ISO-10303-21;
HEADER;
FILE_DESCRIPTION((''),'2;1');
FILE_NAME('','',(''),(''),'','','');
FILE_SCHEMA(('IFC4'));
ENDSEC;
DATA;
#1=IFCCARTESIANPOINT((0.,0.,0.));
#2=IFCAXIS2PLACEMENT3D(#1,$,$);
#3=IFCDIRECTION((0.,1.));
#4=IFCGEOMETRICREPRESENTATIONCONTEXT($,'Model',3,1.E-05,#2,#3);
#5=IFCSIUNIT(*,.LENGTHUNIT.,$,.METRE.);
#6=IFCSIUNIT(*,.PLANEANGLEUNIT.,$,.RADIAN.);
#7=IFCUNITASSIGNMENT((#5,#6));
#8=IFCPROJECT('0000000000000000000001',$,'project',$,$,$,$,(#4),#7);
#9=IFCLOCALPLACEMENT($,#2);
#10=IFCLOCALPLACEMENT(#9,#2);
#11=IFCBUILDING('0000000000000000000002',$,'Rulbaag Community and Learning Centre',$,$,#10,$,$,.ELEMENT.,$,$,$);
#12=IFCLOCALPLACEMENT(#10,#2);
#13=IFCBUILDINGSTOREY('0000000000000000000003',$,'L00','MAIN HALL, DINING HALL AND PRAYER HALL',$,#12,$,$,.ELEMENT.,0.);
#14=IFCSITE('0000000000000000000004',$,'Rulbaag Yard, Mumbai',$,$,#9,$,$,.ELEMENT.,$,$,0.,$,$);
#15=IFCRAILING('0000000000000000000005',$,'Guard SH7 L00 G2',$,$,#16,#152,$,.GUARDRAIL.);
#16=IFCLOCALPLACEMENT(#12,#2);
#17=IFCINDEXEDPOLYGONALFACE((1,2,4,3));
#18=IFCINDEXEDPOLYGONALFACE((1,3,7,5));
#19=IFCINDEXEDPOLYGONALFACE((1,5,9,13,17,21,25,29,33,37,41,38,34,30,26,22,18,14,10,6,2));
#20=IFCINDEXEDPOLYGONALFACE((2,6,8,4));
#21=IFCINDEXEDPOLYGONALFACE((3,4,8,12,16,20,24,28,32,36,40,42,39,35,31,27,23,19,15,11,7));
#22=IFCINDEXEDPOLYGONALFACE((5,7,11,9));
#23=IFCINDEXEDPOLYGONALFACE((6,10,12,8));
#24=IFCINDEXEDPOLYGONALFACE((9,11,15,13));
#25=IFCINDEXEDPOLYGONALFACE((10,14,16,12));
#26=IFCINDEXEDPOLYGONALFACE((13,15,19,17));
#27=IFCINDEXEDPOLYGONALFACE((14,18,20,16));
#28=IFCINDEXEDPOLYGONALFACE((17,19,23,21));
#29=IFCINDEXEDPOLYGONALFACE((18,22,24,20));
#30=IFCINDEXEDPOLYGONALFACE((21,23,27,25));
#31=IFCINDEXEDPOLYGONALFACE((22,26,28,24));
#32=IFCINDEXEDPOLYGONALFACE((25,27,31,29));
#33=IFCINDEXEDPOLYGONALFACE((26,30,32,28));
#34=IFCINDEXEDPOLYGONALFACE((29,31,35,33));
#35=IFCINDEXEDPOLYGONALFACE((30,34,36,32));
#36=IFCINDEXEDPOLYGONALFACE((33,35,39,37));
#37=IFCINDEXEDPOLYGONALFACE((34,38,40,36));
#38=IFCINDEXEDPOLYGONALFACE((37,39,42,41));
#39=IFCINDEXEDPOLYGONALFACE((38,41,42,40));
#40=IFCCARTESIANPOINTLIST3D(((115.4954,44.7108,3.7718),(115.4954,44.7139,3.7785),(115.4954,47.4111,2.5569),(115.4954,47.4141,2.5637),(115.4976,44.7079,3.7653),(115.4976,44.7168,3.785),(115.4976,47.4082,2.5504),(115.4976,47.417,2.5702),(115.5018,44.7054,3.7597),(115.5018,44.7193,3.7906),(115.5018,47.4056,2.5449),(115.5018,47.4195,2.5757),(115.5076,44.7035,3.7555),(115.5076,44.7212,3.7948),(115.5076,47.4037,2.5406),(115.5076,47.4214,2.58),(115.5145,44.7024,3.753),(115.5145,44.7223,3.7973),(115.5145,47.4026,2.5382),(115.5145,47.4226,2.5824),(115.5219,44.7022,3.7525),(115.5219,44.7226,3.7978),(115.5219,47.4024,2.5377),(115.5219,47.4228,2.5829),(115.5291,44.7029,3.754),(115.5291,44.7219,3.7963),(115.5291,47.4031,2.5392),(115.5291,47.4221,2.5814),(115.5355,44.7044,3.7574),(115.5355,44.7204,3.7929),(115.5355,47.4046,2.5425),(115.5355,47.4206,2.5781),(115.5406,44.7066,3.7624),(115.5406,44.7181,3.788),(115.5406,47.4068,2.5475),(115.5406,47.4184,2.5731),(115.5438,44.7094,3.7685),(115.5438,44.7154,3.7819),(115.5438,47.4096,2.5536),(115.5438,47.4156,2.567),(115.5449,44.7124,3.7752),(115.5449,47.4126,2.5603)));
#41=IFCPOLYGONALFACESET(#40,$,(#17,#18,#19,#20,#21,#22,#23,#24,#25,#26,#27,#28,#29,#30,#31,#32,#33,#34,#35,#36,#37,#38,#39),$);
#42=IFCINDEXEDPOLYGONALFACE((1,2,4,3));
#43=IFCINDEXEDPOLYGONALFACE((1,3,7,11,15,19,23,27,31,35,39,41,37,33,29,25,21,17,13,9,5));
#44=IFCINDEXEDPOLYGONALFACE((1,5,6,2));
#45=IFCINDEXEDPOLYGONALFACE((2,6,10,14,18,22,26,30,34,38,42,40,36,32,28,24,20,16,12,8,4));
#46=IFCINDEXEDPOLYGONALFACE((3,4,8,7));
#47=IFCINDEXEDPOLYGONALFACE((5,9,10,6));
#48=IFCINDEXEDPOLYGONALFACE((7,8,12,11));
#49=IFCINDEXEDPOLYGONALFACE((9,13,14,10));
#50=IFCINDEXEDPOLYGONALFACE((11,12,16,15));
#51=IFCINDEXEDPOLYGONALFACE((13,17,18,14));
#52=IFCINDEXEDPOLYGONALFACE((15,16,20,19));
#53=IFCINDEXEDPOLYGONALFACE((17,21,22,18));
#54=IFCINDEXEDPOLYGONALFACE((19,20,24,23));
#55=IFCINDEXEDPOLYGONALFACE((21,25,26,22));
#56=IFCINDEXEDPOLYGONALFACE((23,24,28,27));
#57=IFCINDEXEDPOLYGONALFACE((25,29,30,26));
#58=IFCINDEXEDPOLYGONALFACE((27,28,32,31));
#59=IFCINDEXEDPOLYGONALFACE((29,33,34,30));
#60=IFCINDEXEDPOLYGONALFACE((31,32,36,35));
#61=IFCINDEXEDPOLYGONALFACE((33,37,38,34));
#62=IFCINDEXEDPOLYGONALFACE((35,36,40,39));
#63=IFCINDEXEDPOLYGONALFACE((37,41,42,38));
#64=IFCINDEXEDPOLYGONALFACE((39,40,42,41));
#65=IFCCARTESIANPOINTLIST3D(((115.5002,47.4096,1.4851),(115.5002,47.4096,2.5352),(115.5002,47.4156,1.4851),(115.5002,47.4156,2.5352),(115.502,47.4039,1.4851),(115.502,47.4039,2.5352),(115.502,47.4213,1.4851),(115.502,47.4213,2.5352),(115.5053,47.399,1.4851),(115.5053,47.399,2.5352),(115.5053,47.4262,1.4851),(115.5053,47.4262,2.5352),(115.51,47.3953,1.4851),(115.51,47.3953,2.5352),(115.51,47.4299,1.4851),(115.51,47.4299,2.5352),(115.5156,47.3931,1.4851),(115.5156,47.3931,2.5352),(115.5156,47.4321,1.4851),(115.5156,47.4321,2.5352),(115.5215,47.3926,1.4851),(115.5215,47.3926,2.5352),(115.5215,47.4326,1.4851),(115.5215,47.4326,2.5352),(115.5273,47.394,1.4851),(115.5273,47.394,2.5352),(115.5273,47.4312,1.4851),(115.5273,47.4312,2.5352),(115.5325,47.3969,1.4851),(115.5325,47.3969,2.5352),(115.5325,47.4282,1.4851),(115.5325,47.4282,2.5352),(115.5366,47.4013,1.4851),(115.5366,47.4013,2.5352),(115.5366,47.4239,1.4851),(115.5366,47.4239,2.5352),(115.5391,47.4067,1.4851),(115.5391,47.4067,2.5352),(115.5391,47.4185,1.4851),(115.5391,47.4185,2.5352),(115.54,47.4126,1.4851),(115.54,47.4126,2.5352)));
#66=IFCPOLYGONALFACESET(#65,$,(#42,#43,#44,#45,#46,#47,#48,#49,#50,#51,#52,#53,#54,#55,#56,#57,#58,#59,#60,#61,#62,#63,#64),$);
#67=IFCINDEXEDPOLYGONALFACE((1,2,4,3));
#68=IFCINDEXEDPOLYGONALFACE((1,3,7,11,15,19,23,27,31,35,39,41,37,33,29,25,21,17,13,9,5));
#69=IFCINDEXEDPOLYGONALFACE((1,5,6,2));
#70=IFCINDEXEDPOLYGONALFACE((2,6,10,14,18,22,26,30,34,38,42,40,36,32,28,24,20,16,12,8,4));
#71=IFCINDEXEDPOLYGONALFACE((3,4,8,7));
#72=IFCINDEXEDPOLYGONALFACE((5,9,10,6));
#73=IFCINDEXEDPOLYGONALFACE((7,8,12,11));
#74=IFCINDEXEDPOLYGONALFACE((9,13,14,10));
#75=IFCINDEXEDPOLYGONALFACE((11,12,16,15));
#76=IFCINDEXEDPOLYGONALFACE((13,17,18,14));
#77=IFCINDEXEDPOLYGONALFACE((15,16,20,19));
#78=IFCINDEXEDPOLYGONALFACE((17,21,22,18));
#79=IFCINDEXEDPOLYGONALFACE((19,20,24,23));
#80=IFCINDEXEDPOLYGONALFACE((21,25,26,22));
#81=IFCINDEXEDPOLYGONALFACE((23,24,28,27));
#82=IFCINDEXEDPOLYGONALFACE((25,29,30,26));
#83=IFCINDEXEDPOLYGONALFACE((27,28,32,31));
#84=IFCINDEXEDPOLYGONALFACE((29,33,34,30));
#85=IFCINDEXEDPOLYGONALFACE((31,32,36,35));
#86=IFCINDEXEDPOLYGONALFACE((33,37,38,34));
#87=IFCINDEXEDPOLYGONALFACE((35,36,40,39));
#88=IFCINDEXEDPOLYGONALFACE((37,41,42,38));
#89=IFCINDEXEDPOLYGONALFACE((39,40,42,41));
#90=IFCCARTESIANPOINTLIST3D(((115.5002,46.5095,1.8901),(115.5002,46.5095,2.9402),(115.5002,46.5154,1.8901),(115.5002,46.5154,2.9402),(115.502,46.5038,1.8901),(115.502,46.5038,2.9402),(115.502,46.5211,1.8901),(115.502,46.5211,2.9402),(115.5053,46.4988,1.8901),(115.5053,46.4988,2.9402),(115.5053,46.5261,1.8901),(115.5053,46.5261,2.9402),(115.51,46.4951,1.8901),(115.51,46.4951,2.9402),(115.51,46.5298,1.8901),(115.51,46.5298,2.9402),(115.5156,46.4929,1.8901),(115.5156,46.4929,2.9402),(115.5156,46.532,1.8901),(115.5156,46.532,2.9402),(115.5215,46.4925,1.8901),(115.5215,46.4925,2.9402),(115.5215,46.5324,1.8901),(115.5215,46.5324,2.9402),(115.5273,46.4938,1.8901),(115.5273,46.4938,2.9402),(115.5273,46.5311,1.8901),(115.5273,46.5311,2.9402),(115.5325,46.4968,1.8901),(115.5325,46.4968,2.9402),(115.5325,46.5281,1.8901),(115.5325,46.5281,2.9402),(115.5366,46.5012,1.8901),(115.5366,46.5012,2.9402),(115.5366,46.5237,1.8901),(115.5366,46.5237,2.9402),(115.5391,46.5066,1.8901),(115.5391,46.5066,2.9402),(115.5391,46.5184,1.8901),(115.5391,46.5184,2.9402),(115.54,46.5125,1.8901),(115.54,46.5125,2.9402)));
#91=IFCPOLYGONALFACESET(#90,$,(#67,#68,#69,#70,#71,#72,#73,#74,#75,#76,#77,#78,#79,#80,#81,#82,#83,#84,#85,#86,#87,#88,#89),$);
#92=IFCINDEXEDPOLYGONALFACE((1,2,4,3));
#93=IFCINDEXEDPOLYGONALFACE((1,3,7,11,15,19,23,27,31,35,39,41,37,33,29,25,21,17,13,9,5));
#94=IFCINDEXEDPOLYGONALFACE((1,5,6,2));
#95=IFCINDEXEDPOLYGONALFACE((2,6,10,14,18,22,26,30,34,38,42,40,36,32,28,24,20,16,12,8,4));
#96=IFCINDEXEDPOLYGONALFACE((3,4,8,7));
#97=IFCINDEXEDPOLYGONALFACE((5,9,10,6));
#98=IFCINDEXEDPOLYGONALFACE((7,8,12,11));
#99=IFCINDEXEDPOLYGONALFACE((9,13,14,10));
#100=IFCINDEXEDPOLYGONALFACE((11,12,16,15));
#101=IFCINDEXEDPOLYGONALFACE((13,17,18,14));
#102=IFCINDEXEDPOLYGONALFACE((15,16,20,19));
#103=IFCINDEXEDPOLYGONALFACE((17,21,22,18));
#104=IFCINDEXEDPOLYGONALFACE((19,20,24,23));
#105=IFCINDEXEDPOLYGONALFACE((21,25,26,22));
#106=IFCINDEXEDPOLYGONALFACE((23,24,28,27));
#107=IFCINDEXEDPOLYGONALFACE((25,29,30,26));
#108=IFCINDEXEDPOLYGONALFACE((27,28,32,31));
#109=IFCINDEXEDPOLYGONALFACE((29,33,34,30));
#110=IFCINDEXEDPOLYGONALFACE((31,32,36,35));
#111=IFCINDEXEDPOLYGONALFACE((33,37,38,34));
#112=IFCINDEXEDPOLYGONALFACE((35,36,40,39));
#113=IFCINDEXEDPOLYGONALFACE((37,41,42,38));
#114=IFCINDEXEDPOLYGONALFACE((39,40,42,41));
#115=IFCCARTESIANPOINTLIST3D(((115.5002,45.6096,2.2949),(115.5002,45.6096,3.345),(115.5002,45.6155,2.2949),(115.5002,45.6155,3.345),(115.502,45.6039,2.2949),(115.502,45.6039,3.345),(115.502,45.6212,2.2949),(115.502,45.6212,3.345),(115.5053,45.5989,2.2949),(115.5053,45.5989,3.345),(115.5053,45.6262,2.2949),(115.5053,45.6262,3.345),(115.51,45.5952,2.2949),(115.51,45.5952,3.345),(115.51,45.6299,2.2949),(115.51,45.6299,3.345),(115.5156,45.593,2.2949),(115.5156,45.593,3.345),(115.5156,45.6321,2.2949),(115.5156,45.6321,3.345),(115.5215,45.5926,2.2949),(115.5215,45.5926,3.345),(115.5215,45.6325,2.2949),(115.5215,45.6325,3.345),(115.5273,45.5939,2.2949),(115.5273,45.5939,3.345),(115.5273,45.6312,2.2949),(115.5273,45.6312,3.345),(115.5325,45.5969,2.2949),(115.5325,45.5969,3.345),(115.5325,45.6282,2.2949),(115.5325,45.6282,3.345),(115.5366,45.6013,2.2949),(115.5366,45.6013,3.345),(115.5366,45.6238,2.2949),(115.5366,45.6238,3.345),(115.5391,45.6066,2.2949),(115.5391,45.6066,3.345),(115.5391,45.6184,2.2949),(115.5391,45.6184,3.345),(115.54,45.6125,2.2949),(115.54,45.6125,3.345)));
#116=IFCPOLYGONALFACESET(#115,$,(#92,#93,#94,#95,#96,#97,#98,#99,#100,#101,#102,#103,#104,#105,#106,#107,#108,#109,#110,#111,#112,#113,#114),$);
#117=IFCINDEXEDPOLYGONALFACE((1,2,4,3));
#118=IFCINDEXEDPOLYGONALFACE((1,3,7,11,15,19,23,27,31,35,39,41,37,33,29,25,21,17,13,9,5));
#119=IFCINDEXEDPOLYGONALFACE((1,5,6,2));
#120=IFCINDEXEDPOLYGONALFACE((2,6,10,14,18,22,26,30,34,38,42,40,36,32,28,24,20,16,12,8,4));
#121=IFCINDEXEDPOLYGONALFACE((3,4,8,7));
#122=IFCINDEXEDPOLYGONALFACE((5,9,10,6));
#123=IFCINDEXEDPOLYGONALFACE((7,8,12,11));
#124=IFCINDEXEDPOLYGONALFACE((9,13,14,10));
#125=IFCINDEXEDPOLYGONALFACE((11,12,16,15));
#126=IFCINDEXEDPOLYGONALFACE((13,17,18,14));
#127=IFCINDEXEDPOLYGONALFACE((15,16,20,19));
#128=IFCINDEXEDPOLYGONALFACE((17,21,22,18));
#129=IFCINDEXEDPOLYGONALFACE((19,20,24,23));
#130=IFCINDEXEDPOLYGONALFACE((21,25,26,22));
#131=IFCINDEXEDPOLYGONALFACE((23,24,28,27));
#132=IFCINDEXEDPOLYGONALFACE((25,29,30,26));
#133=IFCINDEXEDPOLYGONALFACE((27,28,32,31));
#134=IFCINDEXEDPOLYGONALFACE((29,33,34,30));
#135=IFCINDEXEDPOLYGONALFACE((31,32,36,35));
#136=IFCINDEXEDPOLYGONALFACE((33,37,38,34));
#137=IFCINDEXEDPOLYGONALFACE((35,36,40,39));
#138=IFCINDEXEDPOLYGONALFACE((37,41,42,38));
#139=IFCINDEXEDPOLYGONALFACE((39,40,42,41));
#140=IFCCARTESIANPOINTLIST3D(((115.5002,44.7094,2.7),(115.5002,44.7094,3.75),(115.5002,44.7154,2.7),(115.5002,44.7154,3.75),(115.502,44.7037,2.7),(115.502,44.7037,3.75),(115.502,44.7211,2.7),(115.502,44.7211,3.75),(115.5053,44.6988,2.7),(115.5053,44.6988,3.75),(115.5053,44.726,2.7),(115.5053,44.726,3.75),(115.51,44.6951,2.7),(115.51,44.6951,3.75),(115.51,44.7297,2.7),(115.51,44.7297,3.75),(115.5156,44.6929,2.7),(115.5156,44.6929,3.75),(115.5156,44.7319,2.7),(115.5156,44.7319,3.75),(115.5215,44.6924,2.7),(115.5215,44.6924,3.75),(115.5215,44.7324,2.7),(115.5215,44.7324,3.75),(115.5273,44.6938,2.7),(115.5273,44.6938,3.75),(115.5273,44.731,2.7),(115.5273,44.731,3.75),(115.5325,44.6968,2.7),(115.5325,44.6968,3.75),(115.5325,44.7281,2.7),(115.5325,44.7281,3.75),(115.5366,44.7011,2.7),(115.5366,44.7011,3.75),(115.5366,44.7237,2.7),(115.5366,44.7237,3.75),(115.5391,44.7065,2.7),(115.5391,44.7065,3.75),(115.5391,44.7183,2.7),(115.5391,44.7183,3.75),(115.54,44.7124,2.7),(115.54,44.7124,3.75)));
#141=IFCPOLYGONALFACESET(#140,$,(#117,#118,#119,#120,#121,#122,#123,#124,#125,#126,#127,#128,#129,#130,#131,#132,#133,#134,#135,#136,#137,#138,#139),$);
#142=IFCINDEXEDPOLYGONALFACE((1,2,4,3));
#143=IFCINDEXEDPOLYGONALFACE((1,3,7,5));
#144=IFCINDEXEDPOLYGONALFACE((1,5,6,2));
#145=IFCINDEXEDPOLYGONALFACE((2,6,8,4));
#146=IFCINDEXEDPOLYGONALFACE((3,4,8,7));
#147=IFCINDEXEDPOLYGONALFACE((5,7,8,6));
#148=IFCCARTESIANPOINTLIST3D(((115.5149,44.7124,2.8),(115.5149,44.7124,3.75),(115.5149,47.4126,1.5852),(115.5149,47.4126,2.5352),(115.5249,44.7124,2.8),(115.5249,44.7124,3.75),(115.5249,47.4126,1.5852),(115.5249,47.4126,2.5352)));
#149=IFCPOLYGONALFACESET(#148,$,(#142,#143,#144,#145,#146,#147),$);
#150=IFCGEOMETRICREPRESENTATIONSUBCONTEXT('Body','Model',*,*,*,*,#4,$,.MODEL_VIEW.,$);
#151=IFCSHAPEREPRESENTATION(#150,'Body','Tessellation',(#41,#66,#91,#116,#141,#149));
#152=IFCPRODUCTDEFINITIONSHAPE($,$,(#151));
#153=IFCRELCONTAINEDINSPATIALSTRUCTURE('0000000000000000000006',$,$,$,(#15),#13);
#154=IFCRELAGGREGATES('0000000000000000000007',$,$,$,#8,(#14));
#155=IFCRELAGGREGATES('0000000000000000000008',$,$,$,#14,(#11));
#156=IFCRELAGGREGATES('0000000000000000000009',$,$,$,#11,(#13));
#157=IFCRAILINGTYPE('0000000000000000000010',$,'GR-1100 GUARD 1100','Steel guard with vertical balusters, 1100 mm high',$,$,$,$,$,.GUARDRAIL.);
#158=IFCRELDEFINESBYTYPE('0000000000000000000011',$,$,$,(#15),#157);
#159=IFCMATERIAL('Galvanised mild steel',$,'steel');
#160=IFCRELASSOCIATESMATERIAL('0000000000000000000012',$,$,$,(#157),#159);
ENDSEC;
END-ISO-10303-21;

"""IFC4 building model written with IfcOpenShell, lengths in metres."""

from ifc_helpers import new_model, si_unit, direction, frame, origin, origin_2d, place, context, subcontext, project, spatial, polyline, circle, outline, extrude, material, type_object, element, save


model = new_model("IFC4")

# Units and contexts
model_context = context("Model", 3, precision=1e-05, world=origin(), true_north=direction((0.0, 1.0)))
body_context = subcontext(model_context, "Body", "Model", "MODEL_VIEW")
ifc_project = project(units=[si_unit("LENGTHUNIT", "METRE"), si_unit("PLANEANGLEUNIT", "RADIAN")], contexts=[model_context])

# Site, building, storey
site_placement = place(None, origin())
site = spatial("IfcSite", under=ifc_project, at=site_placement, Name="Rulbaag Yard, Mumbai", CompositionType="ELEMENT", RefElevation=0.0)
building_placement = place(site_placement, origin())
building = spatial("IfcBuilding", under=site, at=building_placement, Name="Rulbaag Community and Learning Centre", CompositionType="ELEMENT")
storey_placement = place(building_placement, origin())
storey = spatial("IfcBuildingStorey", under=building, at=storey_placement, Name="L00", Description="MAIN HALL, DINING HALL AND PRAYER HALL", CompositionType="ELEMENT", Elevation=0.0)

# Railing
ifc_material_1 = material(Name="Galvanised mild steel", Category="steel")
railing_type = type_object("IfcRailingType", Name="GR-1100 GUARD 1100", Description="Steel guard with vertical balusters, 1100 mm high", PredefinedType="GUARDRAIL", material=ifc_material_1)
railing_1_placement = place(storey_placement, frame((115.52, 47.4126, 1.4851)))
element("IfcRailing", 1, at=railing_1_placement, inside=storey, type_object=railing_type, Name="Guard SH7 L00 G2", PredefinedType="GUARDRAIL", context=body_context, shape_type="SweptSolid", body=[
    extrude(circle(Radius=0.0249, at=origin_2d()), frame((0.0, 0.0, 1.0752), z_axis=(0.0, -0.911952, 0.410296), x_axis=(1.0, 0.0, 0.0)), (0.0, 0.0, 1.0), 2.9609),
    extrude(circle(Radius=0.02, at=origin_2d()), origin(), (0.0, 0.0, 1.0), 1.05),
    extrude(circle(Radius=0.02, at=origin_2d()), frame((0.0, -0.9001, 0.405)), (0.0, 0.0, 1.0), 1.05),
    extrude(circle(Radius=0.02, at=origin_2d()), frame((0.0, -1.8, 0.8098)), (0.0, 0.0, 1.0), 1.05),
    extrude(circle(Radius=0.02, at=origin_2d()), frame((0.0, -2.7002, 1.2148)), (0.0, 0.0, 1.0), 1.05),
    extrude(outline(polyline([(0.0, 0.0), (2.7002, 1.2148), (2.7002, 2.1648), (0.0, 0.95), (0.0, 0.0)])), frame((0.0049, 0.0, 0.1001), z_axis=(-1.0, 0.0, 0.0), x_axis=(0.0, -1.0, 0.0)), (0.0, 0.0, 1.0), 0.01),
])

save(model, "model.ifc")
